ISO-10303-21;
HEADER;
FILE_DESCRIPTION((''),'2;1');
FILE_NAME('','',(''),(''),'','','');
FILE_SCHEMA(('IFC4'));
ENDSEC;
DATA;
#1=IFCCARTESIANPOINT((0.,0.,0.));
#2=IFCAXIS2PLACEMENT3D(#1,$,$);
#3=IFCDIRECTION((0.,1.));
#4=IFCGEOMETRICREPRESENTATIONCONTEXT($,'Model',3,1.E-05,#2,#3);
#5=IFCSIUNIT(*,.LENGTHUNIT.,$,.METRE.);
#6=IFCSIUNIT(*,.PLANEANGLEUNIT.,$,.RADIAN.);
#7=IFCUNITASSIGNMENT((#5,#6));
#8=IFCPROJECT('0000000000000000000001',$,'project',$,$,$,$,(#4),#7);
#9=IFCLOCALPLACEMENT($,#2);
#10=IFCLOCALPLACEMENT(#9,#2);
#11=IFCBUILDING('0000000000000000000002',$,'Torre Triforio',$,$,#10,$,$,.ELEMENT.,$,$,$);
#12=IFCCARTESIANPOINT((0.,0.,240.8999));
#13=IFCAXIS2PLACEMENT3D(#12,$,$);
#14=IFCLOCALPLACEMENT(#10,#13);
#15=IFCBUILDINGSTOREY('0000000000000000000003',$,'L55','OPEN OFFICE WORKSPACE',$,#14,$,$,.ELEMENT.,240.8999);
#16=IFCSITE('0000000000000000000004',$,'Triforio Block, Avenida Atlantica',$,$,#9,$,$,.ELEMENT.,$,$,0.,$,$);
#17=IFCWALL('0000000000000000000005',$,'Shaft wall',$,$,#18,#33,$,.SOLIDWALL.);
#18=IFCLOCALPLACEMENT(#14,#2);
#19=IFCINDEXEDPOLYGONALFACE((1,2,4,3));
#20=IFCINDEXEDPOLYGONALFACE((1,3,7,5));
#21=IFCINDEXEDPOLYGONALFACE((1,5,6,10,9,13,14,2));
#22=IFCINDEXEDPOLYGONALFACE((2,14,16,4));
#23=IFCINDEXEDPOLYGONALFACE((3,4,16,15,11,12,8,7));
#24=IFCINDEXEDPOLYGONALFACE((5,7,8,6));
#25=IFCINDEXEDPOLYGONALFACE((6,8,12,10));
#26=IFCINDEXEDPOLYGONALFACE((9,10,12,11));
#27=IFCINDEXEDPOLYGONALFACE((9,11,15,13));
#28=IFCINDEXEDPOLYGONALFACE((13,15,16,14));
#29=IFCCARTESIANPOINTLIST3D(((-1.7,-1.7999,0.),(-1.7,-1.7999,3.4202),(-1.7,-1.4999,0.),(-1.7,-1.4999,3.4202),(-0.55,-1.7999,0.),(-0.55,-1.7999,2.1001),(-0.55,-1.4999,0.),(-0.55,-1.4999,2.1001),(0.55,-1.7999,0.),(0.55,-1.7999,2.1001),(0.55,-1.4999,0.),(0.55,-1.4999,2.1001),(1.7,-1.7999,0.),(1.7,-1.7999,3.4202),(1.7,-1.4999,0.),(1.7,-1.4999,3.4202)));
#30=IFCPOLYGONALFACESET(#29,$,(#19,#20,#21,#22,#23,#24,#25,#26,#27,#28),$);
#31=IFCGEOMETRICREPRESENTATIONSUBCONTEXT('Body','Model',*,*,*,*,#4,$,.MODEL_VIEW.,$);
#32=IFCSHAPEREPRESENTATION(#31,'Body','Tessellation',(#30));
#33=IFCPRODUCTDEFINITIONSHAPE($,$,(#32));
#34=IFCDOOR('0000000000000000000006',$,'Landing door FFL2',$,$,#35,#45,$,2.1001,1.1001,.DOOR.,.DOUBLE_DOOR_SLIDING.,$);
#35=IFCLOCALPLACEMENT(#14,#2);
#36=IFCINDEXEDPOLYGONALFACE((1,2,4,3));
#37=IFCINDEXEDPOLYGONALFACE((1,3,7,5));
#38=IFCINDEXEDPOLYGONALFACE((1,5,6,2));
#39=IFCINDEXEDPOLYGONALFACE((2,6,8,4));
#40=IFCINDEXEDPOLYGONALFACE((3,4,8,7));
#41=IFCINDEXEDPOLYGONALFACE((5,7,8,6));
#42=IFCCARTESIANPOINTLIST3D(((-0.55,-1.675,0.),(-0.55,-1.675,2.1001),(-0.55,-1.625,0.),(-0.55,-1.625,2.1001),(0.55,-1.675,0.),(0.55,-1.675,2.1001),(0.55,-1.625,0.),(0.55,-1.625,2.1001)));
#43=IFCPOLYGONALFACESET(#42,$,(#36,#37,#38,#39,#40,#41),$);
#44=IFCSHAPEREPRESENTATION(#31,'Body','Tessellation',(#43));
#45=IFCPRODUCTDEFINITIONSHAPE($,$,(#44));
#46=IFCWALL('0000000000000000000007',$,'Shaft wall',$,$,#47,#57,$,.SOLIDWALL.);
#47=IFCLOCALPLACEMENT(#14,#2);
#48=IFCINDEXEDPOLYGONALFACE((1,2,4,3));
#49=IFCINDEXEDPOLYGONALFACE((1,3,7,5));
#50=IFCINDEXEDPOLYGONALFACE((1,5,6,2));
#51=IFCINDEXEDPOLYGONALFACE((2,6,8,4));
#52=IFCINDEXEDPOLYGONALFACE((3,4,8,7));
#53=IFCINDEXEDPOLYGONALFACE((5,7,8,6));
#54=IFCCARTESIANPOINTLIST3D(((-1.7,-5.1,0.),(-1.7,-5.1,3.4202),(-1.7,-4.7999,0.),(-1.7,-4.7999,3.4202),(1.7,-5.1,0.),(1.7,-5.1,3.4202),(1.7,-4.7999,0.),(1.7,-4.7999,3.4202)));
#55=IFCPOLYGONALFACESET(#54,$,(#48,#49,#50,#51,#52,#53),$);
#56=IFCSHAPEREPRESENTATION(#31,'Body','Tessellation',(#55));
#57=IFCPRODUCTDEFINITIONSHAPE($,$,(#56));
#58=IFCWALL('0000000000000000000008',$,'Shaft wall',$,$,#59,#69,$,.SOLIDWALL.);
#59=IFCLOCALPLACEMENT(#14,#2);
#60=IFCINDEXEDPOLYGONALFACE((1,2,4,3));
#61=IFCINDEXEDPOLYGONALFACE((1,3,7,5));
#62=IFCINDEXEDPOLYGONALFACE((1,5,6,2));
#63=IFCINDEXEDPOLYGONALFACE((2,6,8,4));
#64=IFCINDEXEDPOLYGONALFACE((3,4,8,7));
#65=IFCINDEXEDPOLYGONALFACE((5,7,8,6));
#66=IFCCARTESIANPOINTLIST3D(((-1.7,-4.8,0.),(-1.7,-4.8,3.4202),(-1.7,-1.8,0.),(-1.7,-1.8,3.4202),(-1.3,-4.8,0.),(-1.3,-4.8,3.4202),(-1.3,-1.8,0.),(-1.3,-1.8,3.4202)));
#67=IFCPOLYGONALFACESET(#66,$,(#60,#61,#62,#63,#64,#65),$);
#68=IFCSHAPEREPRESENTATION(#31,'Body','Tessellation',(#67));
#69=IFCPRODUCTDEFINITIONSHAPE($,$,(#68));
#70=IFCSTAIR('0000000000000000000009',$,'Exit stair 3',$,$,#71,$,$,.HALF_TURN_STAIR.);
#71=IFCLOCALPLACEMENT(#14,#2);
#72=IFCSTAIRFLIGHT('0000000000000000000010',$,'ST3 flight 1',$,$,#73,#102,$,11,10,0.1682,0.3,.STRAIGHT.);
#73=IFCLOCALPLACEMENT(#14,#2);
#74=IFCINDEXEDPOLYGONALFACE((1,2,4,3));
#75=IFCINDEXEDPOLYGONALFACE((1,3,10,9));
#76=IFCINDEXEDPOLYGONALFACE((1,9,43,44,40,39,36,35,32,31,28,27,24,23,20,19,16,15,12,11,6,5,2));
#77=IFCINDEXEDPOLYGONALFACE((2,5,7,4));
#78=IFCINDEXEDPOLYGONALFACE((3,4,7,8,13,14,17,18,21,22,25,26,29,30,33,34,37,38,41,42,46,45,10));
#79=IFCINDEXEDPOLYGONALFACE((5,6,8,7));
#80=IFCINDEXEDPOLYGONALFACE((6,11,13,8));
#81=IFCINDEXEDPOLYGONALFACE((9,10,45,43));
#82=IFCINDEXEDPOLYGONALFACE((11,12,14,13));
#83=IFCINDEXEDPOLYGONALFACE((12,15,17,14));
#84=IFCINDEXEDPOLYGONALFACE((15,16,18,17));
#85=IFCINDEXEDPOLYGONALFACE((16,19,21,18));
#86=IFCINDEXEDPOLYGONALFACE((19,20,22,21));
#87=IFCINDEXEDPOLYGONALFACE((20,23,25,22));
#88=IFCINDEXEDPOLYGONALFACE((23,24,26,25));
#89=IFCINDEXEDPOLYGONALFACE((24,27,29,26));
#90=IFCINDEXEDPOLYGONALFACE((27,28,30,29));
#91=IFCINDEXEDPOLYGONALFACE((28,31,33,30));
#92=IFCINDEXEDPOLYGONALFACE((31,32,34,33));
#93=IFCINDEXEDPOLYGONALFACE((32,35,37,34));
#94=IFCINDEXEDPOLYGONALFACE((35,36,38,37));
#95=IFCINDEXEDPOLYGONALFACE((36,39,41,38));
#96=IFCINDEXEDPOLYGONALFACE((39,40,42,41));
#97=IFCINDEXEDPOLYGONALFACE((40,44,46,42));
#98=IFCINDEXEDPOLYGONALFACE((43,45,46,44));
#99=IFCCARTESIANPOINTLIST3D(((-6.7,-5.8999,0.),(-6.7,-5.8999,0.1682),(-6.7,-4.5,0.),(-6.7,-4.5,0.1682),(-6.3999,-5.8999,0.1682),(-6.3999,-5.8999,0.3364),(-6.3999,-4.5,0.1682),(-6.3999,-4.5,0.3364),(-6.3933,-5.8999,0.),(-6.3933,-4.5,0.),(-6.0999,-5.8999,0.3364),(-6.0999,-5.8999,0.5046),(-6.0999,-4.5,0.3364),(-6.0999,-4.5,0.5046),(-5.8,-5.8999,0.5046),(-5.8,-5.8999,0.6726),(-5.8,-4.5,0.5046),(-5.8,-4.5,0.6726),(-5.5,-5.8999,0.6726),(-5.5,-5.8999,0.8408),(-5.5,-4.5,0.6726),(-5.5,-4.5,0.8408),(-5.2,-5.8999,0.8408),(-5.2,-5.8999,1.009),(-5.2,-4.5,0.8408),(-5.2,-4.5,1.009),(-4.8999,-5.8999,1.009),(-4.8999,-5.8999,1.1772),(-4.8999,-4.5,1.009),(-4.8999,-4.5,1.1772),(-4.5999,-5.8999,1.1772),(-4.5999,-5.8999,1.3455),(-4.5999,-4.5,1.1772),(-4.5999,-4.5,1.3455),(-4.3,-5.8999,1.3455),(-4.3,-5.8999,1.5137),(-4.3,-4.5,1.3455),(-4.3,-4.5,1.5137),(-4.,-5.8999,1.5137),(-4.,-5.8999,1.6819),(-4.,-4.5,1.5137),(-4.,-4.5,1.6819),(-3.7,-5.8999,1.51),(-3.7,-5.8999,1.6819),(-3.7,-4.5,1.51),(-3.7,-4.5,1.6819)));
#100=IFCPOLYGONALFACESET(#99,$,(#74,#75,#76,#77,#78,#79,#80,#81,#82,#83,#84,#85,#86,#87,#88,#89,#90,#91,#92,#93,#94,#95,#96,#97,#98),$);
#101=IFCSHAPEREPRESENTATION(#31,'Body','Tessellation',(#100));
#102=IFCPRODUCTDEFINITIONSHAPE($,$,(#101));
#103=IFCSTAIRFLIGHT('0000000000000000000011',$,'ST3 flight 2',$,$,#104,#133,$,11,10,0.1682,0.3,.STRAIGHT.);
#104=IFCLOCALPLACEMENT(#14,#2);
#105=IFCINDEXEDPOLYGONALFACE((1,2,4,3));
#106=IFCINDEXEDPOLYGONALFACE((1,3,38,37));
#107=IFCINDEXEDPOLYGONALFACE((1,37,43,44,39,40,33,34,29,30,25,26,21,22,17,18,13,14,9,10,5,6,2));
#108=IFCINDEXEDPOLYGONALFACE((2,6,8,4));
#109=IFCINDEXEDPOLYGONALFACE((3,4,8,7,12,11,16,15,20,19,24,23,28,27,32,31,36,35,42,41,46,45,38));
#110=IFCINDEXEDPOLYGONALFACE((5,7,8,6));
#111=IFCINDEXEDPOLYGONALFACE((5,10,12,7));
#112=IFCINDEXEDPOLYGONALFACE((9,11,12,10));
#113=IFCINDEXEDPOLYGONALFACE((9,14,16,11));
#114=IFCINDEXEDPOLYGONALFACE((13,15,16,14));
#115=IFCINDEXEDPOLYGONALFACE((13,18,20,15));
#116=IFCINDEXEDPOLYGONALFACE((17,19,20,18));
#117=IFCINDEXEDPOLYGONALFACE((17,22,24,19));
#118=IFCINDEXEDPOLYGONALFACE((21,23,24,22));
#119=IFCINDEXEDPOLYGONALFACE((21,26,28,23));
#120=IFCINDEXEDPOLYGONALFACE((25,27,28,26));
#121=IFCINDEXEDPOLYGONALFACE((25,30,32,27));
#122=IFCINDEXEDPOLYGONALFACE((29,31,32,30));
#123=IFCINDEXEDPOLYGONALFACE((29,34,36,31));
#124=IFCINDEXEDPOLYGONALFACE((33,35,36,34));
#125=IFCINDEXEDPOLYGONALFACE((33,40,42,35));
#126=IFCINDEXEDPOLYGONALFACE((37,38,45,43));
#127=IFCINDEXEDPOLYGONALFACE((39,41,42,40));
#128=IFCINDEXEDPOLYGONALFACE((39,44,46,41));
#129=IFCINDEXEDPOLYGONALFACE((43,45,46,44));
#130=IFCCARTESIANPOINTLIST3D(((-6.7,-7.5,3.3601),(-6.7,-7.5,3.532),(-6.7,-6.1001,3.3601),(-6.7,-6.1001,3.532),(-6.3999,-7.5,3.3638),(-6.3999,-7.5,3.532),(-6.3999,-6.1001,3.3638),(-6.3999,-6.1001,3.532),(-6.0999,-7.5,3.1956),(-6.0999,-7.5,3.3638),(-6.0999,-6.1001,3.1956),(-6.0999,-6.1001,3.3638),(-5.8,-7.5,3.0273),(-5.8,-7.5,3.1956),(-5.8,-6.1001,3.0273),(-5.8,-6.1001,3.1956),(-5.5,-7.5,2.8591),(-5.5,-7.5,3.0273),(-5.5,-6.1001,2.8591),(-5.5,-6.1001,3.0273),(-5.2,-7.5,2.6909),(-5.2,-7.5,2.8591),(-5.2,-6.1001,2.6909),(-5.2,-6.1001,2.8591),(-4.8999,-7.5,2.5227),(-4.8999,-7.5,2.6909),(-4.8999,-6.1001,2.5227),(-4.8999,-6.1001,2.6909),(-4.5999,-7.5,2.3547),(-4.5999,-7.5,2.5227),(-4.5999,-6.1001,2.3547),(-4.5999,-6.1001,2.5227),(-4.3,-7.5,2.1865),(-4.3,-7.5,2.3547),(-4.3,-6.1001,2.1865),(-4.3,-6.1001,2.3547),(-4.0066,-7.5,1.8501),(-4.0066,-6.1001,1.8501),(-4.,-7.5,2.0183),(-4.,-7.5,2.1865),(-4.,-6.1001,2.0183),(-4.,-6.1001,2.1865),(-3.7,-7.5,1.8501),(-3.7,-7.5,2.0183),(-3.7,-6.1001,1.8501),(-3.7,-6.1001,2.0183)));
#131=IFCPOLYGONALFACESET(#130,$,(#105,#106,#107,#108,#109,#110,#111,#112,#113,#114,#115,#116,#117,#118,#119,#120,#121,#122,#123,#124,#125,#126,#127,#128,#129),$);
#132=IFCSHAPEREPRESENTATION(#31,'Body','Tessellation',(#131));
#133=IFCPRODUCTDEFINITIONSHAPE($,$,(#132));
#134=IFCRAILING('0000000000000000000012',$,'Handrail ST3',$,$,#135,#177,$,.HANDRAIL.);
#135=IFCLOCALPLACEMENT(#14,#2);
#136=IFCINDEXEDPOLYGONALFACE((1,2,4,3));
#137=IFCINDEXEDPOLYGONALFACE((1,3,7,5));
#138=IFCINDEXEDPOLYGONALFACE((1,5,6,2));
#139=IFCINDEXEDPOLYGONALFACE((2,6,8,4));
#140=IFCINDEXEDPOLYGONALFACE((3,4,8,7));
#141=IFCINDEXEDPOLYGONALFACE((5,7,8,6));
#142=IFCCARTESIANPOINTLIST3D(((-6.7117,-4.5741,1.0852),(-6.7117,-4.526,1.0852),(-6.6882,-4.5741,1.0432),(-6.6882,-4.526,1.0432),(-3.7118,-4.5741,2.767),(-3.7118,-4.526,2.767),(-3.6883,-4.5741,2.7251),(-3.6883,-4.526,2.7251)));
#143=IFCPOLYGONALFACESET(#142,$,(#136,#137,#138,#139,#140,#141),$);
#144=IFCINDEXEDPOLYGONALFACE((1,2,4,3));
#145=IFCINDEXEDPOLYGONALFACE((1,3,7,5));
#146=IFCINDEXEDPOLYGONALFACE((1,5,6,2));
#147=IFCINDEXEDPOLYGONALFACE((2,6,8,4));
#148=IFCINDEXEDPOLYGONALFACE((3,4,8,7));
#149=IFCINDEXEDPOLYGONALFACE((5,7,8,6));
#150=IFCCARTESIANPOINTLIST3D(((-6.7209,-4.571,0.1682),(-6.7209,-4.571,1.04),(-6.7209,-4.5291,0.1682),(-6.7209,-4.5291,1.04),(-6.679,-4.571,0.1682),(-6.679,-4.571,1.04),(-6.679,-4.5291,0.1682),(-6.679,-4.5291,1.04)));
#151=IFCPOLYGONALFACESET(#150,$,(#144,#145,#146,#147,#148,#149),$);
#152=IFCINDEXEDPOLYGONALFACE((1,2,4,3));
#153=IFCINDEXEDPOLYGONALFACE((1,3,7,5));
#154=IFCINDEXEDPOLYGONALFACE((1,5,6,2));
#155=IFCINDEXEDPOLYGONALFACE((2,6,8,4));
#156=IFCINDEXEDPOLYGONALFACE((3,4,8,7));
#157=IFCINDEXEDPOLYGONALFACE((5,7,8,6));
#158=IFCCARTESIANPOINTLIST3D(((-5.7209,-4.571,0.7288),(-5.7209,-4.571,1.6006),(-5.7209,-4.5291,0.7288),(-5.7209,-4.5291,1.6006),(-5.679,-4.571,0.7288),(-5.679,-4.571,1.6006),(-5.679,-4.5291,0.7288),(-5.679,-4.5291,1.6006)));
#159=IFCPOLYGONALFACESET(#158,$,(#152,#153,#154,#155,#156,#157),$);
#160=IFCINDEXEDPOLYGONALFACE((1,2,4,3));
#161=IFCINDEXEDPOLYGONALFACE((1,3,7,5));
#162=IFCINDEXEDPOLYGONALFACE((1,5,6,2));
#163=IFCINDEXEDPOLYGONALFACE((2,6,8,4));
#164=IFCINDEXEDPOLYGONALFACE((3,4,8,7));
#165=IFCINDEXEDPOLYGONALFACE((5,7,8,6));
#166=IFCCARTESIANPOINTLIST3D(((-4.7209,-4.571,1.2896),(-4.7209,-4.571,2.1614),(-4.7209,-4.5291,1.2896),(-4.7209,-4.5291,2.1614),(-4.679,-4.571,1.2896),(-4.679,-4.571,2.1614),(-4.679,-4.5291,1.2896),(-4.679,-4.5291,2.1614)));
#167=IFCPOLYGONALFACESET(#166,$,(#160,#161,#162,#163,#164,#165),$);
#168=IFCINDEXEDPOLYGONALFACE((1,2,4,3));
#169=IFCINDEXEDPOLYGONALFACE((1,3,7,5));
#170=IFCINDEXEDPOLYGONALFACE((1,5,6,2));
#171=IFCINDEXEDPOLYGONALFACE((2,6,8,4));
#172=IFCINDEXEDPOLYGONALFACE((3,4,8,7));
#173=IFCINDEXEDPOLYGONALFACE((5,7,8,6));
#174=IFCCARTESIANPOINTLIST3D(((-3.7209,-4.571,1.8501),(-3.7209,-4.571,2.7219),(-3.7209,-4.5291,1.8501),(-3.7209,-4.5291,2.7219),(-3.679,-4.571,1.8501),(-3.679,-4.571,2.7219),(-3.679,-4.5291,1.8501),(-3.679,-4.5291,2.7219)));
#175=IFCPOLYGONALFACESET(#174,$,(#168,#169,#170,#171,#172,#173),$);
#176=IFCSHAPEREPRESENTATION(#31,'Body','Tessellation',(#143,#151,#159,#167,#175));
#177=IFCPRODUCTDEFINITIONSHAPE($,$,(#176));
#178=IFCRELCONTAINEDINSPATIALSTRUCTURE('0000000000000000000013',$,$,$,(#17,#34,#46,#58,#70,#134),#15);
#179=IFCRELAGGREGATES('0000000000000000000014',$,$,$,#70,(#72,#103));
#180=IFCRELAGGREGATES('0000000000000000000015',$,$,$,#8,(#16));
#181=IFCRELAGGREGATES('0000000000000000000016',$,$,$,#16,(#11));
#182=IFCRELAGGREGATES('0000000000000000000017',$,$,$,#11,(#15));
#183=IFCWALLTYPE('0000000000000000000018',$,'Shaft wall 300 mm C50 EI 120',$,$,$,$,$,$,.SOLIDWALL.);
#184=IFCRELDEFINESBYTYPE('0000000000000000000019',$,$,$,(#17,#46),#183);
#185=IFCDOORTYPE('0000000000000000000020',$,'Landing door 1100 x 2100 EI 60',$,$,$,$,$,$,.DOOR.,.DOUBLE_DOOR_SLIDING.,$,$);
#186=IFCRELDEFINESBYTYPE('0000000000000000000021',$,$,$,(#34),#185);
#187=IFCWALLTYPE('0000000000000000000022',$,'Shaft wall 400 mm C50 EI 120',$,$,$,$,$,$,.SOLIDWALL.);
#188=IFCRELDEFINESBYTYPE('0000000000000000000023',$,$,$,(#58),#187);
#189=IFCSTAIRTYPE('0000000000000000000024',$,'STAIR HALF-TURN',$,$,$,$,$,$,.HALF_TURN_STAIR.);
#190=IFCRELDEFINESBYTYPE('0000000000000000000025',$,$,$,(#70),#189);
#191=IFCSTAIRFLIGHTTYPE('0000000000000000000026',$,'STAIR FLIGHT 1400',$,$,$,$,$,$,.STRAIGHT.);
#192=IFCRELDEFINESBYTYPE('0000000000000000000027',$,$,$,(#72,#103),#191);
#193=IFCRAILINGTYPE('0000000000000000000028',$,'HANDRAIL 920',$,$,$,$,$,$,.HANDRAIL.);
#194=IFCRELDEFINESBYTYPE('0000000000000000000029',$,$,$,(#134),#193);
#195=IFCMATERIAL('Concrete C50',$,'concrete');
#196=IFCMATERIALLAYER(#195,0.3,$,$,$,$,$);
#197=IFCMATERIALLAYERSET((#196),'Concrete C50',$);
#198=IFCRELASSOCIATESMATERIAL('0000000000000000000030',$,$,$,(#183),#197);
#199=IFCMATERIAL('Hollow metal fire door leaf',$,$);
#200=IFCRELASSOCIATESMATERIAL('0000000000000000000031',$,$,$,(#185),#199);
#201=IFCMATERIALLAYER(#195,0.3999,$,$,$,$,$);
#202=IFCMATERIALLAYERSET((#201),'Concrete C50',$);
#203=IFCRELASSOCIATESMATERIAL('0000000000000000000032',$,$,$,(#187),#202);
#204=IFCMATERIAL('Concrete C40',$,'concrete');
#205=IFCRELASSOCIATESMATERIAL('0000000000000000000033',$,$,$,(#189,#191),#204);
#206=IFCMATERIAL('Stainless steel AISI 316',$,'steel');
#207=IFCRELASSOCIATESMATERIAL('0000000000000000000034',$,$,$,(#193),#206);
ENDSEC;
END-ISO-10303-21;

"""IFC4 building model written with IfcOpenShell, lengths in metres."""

from ifc_helpers import new_model, si_unit, direction, frame, frame_2d, origin, origin_2d, place, context, subcontext, project, spatial, polyline, rectangle, outline, extrude, material, layer, layer_set, type_object, element, fill, aggregate, save


model = new_model("IFC4")

# Units and contexts
model_context = context("Model", 3, precision=1e-05, world=origin(), true_north=direction((0.0, 1.0)))
body_context = subcontext(model_context, "Body", "Model", "MODEL_VIEW")
ifc_project = project(units=[si_unit("LENGTHUNIT", "METRE"), si_unit("PLANEANGLEUNIT", "RADIAN")], contexts=[model_context])

# Site, building, storey
site_placement = place(None, origin())
site = spatial("IfcSite", under=ifc_project, at=site_placement, Name="Triforio Block, Avenida Atlantica", CompositionType="ELEMENT", RefElevation=0.0)
building_placement = place(site_placement, origin())
building = spatial("IfcBuilding", under=site, at=building_placement, Name="Torre Triforio", CompositionType="ELEMENT")
storey_placement = place(building_placement, frame((0.0, 0.0, 240.8999)))
storey = spatial("IfcBuildingStorey", under=building, at=storey_placement, Name="L55", Description="OPEN OFFICE WORKSPACE", CompositionType="ELEMENT", Elevation=240.8999)

# Shared definitions
ifc_material_1 = material(Name="Concrete C40", Category="concrete")

# Shared definitions
ifc_material_2 = material(Name="Hollow metal fire door leaf")

# Shared definitions
ifc_material_3 = material(Name="Concrete C50", Category="concrete")
ifc_layer_1 = layer(ifc_material_3, 0.3)
ifc_layer_set_1 = layer_set([ifc_layer_1], Name="Concrete C50")
wall_type_1 = type_object("IfcWallType", Name="Shaft wall 300 mm C50 EI 120", PredefinedType="SOLIDWALL", material=ifc_layer_set_1)

# Wall, opening, door
wall_1_placement = place(storey_placement, frame((-1.7, -1.6499, 0.0), z_axis=(0.0, 0.0, 1.0), x_axis=(1.0, 0.0, 0.0)))
wall_1 = element("IfcWall", 1, at=wall_1_placement, inside=storey, type_object=wall_type_1, Name="Shaft wall", PredefinedType="SOLIDWALL", context=body_context, shape_type="SweptSolid", body=[
    extrude(rectangle(XDim=3.3999, YDim=0.3, at=frame_2d((1.7, 0.0))), origin(), (0.0, 0.0, 1.0), 3.4202),
])
opening_1_placement = place(wall_1_placement, frame((1.1499, 0.0, 0.0)))
opening_1 = element("IfcOpeningElement", 2, at=opening_1_placement, cuts=wall_1, PredefinedType="OPENING", context=body_context, shape_type="SweptSolid", body=[
    extrude(rectangle(XDim=1.1001, YDim=2.1001, at=frame_2d((0.55, 1.05))), frame((0.0, 0.1599, 0.0), z_axis=(0.0, -1.0, 0.0), x_axis=(1.0, 0.0, 0.0)), (0.0, 0.0, 1.0), 0.3201),
])
door_type_1 = type_object("IfcDoorType", Name="Landing door 1100 x 2100 EI 60", OperationType="DOUBLE_DOOR_SLIDING", PredefinedType="DOOR", material=ifc_material_2)
door_1_placement = place(opening_1_placement, origin())
door_1 = element("IfcDoor", 3, at=door_1_placement, inside=storey, type_object=door_type_1, Name="Landing door FFL2", OperationType="DOUBLE_DOOR_SLIDING", OverallHeight=2.1001, OverallWidth=1.1001, PredefinedType="DOOR", context=body_context, shape_type="SweptSolid", body=[
    extrude(rectangle(XDim=1.1001, YDim=2.1001, at=frame_2d((0.55, 1.05))), frame((0.0, 0.0249, 0.0), z_axis=(0.0, -1.0, 0.0), x_axis=(1.0, 0.0, 0.0)), (0.0, 0.0, 1.0), 0.05),
])
fill(opening_1, door_1)

# Walls
wall_2_placement = place(storey_placement, frame((-1.7, -4.95, 0.0), z_axis=(0.0, 0.0, 1.0), x_axis=(1.0, 0.0, 0.0)))
element("IfcWall", 4, at=wall_2_placement, inside=storey, type_object=wall_type_1, Name="Shaft wall", PredefinedType="SOLIDWALL", context=body_context, shape_type="SweptSolid", body=[
    extrude(rectangle(XDim=3.3999, YDim=0.3, at=frame_2d((1.7, 0.0))), origin(), (0.0, 0.0, 1.0), 3.4202),
])
ifc_layer_2 = layer(ifc_material_3, 0.3999)
ifc_layer_set_2 = layer_set([ifc_layer_2], Name="Concrete C50")
wall_type_2 = type_object("IfcWallType", Name="Shaft wall 400 mm C50 EI 120", PredefinedType="SOLIDWALL", material=ifc_layer_set_2)
wall_3_placement = place(storey_placement, frame((-1.5, -4.8, 0.0), z_axis=(0.0, 0.0, 1.0), x_axis=(0.0, 1.0, 0.0)))
element("IfcWall", 5, at=wall_3_placement, inside=storey, type_object=wall_type_2, Name="Shaft wall", PredefinedType="SOLIDWALL", context=body_context, shape_type="SweptSolid", body=[
    extrude(rectangle(XDim=3.0, YDim=0.3999, at=frame_2d((1.5, 0.0))), origin(), (0.0, 0.0, 1.0), 3.4202),
])

# Stair, stair flights
stair_type = type_object("IfcStairType", Name="STAIR HALF-TURN", PredefinedType="HALF_TURN_STAIR", material=ifc_material_1)
stair_placement = place(storey_placement, origin())
stair = element("IfcStair", 6, at=stair_placement, inside=storey, type_object=stair_type, Name="Exit stair 3", PredefinedType="HALF_TURN_STAIR")
stair_flight_type = type_object("IfcStairFlightType", Name="STAIR FLIGHT 1400", PredefinedType="STRAIGHT", material=ifc_material_1)
stair_flight_1_placement = place(storey_placement, frame((-6.7, -5.2, 0.0), z_axis=(0.0, 0.0, 1.0), x_axis=(1.0, 0.0, 0.0)))
stair_flight_1 = element("IfcStairFlight", 7, at=stair_flight_1_placement, type_object=stair_flight_type, Name="ST3 flight 1", NumberOfRisers=11, NumberOfTreads=10, PredefinedType="STRAIGHT", RiserHeight=0.1682, TreadLength=0.3, context=body_context, shape_type="SweptSolid", body=[
    extrude(outline(polyline([(0.0, 0.0), (0.0, 0.1682), (0.3, 0.1682), (0.3, 0.3364), (0.6001, 0.3364), (0.6001, 0.5046), (0.8999, 0.5046), (0.8999, 0.6726), (1.2, 0.6726), (1.2, 0.8408), (1.5, 0.8408), (1.5, 1.009), (1.8, 1.009), (1.8, 1.1772), (2.1001, 1.1772), (2.1001, 1.3455), (2.3999, 1.3455), (2.3999, 1.5137), (2.7, 1.5137), (2.7, 1.6819), (3.0, 1.6819), (3.0, 1.8501), (3.0, 1.51), (0.3066, 0.0), (0.0, 0.0)])), frame((0.0, 0.7, 0.0), z_axis=(0.0, -1.0, 0.0), x_axis=(1.0, 0.0, 0.0)), (0.0, 0.0, 1.0), 1.3999),
])
stair_flight_2_placement = place(storey_placement, frame((-3.7, -6.8, 1.8501), z_axis=(0.0, 0.0, 1.0), x_axis=(-1.0, 0.0, 0.0)))
stair_flight_2 = element("IfcStairFlight", 8, at=stair_flight_2_placement, type_object=stair_flight_type, Name="ST3 flight 2", NumberOfRisers=11, NumberOfTreads=10, PredefinedType="STRAIGHT", RiserHeight=0.1682, TreadLength=0.3, context=body_context, shape_type="SweptSolid", body=[
    extrude(outline(polyline([(0.0, 0.0), (0.0, 0.1682), (0.3, 0.1682), (0.3, 0.3364), (0.6001, 0.3364), (0.6001, 0.5046), (0.8999, 0.5046), (0.8999, 0.6726), (1.2, 0.6726), (1.2, 0.8408), (1.5, 0.8408), (1.5, 1.009), (1.8, 1.009), (1.8, 1.1772), (2.1001, 1.1772), (2.1001, 1.3455), (2.3999, 1.3455), (2.3999, 1.5137), (2.7, 1.5137), (2.7, 1.6819), (3.0, 1.6819), (3.0, 1.8501), (3.0, 1.51), (0.3066, 0.0), (0.0, 0.0)])), frame((0.0, 0.7, 0.0), z_axis=(0.0, -1.0, 0.0), x_axis=(1.0, 0.0, 0.0)), (0.0, 0.0, 1.0), 1.3999),
])
aggregate(stair, [stair_flight_1, stair_flight_2])

# Railing
ifc_material_4 = material(Name="Stainless steel AISI 316", Category="steel")
railing_type = type_object("IfcRailingType", Name="HANDRAIL 920", PredefinedType="HANDRAIL", material=ifc_material_4)
for number, where, name in (
    (9, (-6.7, -4.55, 0.1682), "Handrail ST3"),
):
    element("IfcRailing", number, at=place(storey_placement, frame(where)), inside=storey, type_object=railing_type, Name=name, PredefinedType="HANDRAIL", context=body_context, shape_type="SweptSolid", body=[
        extrude(rectangle(XDim=0.0481, YDim=0.0481, at=origin_2d()), frame((0.0, 0.0, 0.896), z_axis=(0.872272, 0.0, 0.48902), x_axis=(0.0, 1.0, 0.0)), (0.0, 0.0, 1.0), 3.4392),
        extrude(rectangle(XDim=0.042, YDim=0.042, at=origin_2d()), origin(), (0.0, 0.0, 1.0), 0.8718),
        extrude(rectangle(XDim=0.042, YDim=0.042, at=origin_2d()), frame((1.0, 0.0, 0.5605)), (0.0, 0.0, 1.0), 0.8718),
        extrude(rectangle(XDim=0.042, YDim=0.042, at=origin_2d()), frame((2.0, 0.0, 1.1213)), (0.0, 0.0, 1.0), 0.8718),
        extrude(rectangle(XDim=0.042, YDim=0.042, at=origin_2d()), frame((3.0, 0.0, 1.6819)), (0.0, 0.0, 1.0), 0.8718),
    ])

save(model, "model.ifc")
